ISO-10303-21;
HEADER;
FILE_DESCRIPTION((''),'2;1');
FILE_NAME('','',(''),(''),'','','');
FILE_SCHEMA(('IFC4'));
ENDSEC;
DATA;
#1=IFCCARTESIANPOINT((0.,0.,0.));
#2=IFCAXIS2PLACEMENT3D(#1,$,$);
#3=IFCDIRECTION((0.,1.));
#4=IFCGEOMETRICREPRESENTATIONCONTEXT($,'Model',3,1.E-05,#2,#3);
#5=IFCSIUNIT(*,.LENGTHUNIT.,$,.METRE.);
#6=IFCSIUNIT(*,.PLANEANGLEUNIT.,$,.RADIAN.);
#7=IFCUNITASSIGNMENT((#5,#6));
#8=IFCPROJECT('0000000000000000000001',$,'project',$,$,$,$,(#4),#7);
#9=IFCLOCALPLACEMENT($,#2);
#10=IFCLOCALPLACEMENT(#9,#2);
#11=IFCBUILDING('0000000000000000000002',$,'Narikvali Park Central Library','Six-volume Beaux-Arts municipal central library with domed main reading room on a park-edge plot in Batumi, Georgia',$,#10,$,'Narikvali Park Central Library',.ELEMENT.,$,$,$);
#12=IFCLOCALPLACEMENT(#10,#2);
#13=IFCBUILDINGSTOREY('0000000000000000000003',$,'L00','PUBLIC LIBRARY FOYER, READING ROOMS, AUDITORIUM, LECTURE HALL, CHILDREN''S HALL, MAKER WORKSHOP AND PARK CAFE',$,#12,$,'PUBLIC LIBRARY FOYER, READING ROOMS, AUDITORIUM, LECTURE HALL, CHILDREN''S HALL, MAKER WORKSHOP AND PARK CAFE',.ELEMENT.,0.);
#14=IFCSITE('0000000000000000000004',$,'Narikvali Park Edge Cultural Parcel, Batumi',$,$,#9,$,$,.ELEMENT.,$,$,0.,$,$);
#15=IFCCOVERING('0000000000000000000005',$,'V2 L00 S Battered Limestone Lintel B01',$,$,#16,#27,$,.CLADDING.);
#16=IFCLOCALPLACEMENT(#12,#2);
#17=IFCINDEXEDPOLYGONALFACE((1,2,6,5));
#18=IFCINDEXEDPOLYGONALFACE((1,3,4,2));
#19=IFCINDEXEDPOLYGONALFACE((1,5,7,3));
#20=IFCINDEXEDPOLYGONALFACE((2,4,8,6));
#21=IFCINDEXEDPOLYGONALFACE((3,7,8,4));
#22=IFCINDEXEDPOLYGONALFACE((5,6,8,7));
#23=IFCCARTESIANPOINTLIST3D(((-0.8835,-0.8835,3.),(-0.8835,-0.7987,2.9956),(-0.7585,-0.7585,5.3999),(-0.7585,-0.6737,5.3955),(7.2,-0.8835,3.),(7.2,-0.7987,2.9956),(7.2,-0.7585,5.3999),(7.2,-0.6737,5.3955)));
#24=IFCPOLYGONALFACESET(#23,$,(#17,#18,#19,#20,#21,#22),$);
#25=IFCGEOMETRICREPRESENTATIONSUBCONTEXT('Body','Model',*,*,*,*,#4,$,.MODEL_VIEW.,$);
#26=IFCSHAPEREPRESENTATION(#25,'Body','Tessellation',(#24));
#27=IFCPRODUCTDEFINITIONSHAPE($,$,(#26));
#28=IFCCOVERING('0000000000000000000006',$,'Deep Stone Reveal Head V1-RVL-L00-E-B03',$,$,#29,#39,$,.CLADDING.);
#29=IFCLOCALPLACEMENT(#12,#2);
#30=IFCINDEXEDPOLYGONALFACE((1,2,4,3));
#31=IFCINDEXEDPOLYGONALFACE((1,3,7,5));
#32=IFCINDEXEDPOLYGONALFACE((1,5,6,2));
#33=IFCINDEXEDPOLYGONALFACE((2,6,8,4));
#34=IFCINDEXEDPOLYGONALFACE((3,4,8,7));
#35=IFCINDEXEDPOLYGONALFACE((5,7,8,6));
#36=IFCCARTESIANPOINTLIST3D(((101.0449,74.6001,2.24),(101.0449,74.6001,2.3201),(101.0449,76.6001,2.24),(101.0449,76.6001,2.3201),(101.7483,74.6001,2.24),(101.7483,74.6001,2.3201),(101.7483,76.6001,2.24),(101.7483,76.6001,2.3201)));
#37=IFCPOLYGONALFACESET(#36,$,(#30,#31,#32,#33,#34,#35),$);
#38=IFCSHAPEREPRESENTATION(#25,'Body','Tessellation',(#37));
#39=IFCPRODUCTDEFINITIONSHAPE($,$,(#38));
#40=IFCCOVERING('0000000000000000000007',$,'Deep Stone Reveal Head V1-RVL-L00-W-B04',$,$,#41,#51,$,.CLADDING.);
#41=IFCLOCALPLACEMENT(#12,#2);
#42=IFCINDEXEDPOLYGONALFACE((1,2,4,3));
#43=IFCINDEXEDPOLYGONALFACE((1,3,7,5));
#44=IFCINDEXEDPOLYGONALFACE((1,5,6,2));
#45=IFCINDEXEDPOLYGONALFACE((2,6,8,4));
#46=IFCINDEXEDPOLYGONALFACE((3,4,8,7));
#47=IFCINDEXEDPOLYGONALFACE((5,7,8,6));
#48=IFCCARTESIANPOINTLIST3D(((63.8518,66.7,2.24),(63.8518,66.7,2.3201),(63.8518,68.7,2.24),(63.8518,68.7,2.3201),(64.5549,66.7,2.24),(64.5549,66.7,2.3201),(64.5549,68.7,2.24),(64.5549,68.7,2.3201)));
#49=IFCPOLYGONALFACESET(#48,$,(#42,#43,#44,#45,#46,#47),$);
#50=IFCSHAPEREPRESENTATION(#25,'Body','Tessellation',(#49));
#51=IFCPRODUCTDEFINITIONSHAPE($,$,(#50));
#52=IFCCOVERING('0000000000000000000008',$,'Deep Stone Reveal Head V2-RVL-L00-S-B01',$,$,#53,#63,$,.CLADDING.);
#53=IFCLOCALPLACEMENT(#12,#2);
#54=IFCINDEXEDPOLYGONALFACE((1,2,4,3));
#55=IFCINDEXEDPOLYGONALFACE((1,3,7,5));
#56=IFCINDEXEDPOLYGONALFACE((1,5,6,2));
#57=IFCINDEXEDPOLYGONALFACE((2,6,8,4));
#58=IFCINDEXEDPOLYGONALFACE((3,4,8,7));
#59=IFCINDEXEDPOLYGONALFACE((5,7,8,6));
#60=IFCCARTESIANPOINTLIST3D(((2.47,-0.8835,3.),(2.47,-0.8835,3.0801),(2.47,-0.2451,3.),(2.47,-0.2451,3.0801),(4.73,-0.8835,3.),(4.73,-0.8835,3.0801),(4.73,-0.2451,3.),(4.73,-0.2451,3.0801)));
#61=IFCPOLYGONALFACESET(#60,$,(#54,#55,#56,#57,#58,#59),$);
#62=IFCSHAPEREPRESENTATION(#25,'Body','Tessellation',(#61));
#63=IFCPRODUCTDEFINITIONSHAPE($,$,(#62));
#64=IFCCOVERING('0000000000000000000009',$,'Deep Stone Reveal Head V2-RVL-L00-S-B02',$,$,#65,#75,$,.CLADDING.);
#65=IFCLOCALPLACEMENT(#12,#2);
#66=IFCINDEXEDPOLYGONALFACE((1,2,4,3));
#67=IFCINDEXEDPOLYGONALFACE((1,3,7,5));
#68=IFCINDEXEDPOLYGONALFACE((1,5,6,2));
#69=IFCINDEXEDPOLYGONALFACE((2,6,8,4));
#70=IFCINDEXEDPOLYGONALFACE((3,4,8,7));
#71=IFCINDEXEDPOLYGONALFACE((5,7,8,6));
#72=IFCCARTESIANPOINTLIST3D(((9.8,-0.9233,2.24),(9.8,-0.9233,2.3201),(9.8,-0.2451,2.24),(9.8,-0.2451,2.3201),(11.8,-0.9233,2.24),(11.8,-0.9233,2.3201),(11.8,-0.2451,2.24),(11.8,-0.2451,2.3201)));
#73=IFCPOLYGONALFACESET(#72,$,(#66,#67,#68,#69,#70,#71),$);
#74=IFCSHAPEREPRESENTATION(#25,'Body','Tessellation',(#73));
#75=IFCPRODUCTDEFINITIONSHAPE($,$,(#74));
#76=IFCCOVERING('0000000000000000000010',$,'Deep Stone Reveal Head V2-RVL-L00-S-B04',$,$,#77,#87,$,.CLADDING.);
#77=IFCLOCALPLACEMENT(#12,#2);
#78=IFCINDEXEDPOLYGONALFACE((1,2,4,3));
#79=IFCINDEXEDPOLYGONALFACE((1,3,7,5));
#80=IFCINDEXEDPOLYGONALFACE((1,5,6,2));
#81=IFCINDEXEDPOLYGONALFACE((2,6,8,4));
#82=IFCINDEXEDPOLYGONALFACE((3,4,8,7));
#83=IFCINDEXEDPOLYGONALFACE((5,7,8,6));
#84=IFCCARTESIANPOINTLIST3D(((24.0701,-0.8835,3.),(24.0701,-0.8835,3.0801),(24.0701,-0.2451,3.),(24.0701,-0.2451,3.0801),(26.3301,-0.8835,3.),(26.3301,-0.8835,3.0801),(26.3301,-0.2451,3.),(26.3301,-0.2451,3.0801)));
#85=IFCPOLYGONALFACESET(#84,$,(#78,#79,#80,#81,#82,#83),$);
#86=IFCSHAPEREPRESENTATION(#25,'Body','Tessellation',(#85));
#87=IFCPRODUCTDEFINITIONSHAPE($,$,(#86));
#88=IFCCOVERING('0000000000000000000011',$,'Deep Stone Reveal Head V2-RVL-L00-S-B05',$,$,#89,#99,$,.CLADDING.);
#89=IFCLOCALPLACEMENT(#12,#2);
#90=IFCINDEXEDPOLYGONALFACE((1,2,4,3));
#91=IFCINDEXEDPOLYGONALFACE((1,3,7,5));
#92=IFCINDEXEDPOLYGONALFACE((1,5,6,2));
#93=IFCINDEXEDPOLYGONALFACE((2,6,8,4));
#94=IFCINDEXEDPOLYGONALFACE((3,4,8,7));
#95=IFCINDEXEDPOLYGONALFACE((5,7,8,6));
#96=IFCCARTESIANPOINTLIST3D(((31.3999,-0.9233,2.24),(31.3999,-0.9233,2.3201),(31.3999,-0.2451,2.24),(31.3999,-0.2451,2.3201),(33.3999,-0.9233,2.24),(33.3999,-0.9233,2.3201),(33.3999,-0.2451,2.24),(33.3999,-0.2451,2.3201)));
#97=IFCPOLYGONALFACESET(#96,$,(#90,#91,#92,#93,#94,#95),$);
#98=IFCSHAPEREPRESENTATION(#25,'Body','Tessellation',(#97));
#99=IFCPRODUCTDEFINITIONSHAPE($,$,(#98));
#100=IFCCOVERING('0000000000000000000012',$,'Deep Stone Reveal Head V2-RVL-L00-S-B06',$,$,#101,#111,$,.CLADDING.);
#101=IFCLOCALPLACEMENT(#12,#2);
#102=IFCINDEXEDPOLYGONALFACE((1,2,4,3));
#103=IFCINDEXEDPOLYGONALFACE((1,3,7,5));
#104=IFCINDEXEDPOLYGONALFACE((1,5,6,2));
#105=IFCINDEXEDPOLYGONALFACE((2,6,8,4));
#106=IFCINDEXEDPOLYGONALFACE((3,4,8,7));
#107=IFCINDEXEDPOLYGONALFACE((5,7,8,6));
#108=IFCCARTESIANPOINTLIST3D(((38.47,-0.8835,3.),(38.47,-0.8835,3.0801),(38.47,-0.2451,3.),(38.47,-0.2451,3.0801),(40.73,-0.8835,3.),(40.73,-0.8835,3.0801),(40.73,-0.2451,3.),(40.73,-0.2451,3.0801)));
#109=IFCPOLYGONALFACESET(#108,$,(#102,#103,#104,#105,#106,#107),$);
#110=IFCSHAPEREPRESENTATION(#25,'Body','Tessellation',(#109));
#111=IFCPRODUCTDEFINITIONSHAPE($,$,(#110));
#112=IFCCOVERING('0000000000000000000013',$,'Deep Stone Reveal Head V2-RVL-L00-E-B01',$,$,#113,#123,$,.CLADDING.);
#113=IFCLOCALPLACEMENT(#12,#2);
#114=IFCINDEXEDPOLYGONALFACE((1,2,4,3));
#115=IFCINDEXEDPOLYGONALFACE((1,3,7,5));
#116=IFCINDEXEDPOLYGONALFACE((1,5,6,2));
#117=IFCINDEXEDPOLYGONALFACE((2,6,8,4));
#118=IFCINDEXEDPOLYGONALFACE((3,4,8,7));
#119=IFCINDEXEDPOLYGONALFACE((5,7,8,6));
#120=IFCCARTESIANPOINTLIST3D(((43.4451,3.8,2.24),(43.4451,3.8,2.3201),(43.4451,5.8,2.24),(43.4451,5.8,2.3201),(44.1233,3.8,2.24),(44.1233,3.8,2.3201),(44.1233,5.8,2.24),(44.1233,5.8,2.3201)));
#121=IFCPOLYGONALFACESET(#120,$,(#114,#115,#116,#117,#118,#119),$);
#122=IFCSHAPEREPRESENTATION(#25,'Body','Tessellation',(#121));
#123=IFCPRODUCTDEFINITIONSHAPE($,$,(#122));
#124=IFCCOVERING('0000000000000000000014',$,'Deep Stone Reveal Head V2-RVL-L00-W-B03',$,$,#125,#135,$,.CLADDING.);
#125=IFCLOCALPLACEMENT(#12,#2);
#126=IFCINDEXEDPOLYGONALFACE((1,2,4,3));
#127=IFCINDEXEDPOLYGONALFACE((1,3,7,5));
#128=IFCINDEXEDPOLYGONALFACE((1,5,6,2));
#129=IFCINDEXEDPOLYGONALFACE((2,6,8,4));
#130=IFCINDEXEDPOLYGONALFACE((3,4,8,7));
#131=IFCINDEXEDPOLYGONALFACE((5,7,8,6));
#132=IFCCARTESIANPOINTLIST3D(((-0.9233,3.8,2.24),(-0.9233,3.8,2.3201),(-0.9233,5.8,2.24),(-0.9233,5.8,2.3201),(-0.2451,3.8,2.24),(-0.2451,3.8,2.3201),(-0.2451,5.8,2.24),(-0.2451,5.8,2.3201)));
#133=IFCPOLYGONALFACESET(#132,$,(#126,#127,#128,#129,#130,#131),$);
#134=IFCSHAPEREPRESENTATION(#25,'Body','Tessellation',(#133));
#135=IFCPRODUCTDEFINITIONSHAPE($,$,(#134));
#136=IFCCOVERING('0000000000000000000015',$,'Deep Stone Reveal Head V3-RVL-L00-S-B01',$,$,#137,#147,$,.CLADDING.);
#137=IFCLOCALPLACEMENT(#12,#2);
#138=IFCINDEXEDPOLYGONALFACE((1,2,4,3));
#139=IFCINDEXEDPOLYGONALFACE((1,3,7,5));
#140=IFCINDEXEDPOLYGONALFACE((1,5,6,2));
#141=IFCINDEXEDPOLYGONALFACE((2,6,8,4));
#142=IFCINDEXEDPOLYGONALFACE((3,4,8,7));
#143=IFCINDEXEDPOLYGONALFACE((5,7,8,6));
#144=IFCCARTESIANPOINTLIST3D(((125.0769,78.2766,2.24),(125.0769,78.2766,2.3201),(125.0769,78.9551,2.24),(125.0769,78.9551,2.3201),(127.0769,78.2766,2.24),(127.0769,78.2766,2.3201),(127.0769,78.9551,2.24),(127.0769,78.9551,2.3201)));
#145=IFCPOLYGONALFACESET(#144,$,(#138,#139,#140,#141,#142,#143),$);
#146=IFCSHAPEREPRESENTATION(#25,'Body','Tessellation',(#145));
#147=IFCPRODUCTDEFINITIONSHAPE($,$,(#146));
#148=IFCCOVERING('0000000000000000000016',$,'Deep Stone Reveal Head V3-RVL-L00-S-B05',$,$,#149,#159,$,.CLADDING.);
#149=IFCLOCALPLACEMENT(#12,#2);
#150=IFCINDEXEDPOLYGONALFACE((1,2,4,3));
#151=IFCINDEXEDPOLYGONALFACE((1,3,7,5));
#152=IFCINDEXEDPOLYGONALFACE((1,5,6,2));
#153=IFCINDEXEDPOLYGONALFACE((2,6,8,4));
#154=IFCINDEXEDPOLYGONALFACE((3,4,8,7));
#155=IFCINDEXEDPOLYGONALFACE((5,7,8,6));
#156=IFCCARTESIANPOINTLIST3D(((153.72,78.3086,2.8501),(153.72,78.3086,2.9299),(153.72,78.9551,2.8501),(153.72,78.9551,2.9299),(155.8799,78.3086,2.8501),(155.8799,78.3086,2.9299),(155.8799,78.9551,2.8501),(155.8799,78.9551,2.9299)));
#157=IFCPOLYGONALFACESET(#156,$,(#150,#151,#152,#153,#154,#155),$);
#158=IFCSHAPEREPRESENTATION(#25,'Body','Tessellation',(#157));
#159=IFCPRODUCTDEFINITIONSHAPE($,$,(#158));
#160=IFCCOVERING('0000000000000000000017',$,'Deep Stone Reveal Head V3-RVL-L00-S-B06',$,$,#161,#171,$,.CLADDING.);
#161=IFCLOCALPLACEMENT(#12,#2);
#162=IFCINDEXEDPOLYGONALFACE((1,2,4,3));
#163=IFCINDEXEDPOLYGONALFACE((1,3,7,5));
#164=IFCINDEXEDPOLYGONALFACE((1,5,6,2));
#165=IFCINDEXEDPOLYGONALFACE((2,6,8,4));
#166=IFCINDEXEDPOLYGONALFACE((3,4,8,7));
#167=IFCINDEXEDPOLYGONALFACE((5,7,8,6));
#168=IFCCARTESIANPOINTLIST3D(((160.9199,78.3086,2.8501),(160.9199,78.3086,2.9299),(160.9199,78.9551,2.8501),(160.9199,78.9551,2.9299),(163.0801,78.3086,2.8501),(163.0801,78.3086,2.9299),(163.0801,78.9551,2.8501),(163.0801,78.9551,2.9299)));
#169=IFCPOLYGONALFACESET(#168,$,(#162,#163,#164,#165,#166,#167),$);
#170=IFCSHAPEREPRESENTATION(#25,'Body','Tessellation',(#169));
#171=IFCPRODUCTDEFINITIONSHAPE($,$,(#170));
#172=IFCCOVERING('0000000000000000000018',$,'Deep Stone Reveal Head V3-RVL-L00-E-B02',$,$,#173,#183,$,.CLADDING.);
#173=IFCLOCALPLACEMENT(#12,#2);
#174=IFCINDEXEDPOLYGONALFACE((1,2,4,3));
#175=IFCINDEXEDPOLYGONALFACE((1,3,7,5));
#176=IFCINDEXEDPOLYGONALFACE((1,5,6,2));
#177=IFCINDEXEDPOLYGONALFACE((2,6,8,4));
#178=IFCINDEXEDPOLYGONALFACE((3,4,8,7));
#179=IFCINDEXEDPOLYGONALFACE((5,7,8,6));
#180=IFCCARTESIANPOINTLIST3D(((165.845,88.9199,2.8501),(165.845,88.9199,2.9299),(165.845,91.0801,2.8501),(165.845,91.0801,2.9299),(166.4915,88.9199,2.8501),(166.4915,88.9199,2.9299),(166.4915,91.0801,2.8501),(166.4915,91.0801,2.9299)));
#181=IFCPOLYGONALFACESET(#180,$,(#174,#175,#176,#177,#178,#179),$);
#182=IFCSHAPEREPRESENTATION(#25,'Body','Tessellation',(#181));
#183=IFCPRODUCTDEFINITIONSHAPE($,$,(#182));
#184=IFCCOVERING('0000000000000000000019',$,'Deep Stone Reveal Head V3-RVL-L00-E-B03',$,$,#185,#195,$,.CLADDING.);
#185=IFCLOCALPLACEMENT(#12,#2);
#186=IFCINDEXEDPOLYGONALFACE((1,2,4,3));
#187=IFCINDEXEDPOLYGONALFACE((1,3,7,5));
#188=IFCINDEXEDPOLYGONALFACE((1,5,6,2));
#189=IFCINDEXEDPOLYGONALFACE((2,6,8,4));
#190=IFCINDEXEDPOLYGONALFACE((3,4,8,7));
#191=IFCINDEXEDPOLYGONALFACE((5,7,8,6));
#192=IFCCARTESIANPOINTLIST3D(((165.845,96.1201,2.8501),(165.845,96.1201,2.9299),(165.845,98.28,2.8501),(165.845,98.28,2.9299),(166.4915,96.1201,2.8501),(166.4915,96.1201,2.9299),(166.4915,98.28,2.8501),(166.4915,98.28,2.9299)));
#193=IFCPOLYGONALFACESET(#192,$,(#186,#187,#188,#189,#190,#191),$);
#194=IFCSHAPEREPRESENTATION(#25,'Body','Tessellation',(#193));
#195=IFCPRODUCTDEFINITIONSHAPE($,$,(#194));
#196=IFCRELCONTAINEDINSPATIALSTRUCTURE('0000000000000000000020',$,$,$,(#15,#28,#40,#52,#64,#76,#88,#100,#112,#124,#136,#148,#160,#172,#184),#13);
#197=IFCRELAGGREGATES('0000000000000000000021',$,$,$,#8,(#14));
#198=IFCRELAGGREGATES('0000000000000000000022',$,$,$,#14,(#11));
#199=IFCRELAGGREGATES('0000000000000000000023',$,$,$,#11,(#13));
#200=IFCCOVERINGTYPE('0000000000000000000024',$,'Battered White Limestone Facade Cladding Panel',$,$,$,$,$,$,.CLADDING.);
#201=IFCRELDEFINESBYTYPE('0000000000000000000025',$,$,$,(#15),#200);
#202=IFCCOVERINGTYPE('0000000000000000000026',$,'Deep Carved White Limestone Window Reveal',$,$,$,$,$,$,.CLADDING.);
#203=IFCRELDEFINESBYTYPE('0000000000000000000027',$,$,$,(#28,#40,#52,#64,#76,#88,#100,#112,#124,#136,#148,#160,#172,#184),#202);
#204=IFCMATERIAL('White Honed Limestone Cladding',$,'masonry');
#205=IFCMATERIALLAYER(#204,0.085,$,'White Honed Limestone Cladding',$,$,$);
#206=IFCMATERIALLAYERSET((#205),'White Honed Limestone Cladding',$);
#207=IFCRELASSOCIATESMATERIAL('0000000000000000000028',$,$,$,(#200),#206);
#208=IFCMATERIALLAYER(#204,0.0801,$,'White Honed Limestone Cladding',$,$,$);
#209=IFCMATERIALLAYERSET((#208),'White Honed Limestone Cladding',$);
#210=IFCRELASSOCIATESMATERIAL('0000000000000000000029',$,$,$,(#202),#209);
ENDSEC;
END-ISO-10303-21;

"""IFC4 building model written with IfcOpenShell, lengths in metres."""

from ifc_helpers import new_model, si_unit, direction, frame, origin, place, context, subcontext, project, spatial, polyline, outline, extrude, material, layer, layer_set, type_object, element, save


model = new_model("IFC4")

# Units and contexts
model_context = context("Model", 3, precision=1e-05, world=origin(), true_north=direction((0.0, 1.0)))
body_context = subcontext(model_context, "Body", "Model", "MODEL_VIEW")
ifc_project = project(units=[si_unit("LENGTHUNIT", "METRE"), si_unit("PLANEANGLEUNIT", "RADIAN")], contexts=[model_context])

# Site, building, storey
site_placement = place(None, origin())
site = spatial("IfcSite", under=ifc_project, at=site_placement, Name="Narikvali Park Edge Cultural Parcel, Batumi", CompositionType="ELEMENT", RefElevation=0.0)
building_placement = place(site_placement, origin())
building = spatial("IfcBuilding", under=site, at=building_placement, Name="Narikvali Park Central Library", Description="Six-volume Beaux-Arts municipal central library with domed main reading room on a park-edge plot in Batumi, Georgia", LongName="Narikvali Park Central Library", CompositionType="ELEMENT")
storey_placement = place(building_placement, origin())
storey = spatial("IfcBuildingStorey", under=building, at=storey_placement, Name="L00", Description="PUBLIC LIBRARY FOYER, READING ROOMS, AUDITORIUM, LECTURE HALL, CHILDREN'S HALL, MAKER WORKSHOP AND PARK CAFE", LongName="PUBLIC LIBRARY FOYER, READING ROOMS, AUDITORIUM, LECTURE HALL, CHILDREN'S HALL, MAKER WORKSHOP AND PARK CAFE", CompositionType="ELEMENT", Elevation=0.0)

# Coverings
ifc_material = material(Name="White Honed Limestone Cladding", Category="masonry")
ifc_layer_1 = layer(ifc_material, 0.085, Name="White Honed Limestone Cladding")
ifc_layer_set_1 = layer_set([ifc_layer_1], Name="White Honed Limestone Cladding")
covering_type_1 = type_object("IfcCoveringType", Name="Battered White Limestone Facade Cladding Panel", PredefinedType="CLADDING", material=ifc_layer_set_1)
covering_1_placement = place(storey_placement, frame((-0.8835, -0.8835, 3.0), z_axis=(0.0, -0.998646, 0.052015), x_axis=(1.0, 0.0, 0.0)))
element("IfcCovering", 1, at=covering_1_placement, inside=storey, type_object=covering_type_1, Name="V2 L00 S Battered Limestone Lintel B01", PredefinedType="CLADDING", context=body_context, shape_type="SweptSolid", body=[
    extrude(outline(polyline([(0.0, 0.0), (8.0835, 0.0), (8.0835, 2.4032), (0.125, 2.4032), (0.0, 0.0)])), origin(), (0.0, 0.0, -1.0), 0.085),
])
ifc_layer_2 = layer(ifc_material, 0.0801, Name="White Honed Limestone Cladding")
ifc_layer_set_2 = layer_set([ifc_layer_2], Name="White Honed Limestone Cladding")
covering_type_2 = type_object("IfcCoveringType", Name="Deep Carved White Limestone Window Reveal", PredefinedType="CLADDING", material=ifc_layer_set_2)
covering_2_placement = place(storey_placement, frame((0.0, 0.0, 2.24)))
element("IfcCovering", 2, at=covering_2_placement, inside=storey, type_object=covering_type_2, Name="Deep Stone Reveal Head V1-RVL-L00-E-B03", PredefinedType="CLADDING", context=body_context, shape_type="SweptSolid", body=[
    extrude(outline(polyline([(101.0449, 74.6001), (101.0449, 76.6001), (101.7483, 76.6001), (101.7483, 74.6001), (101.0449, 74.6001)])), origin(), (0.0, 0.0, 1.0), 0.0801),
])
covering_3_placement = place(storey_placement, frame((0.0, 0.0, 2.24)))
element("IfcCovering", 3, at=covering_3_placement, inside=storey, type_object=covering_type_2, Name="Deep Stone Reveal Head V1-RVL-L00-W-B04", PredefinedType="CLADDING", context=body_context, shape_type="SweptSolid", body=[
    extrude(outline(polyline([(64.5549, 68.7), (64.5549, 66.7), (63.8518, 66.7), (63.8518, 68.7), (64.5549, 68.7)])), origin(), (0.0, 0.0, 1.0), 0.0801),
])
covering_4_placement = place(storey_placement, frame((0.0, 0.0, 3.0)))
element("IfcCovering", 4, at=covering_4_placement, inside=storey, type_object=covering_type_2, Name="Deep Stone Reveal Head V2-RVL-L00-S-B01", PredefinedType="CLADDING", context=body_context, shape_type="SweptSolid", body=[
    extrude(outline(polyline([(2.47, -0.2451), (4.73, -0.2451), (4.73, -0.8835), (2.47, -0.8835), (2.47, -0.2451)])), origin(), (0.0, 0.0, 1.0), 0.0801),
])
covering_5_placement = place(storey_placement, frame((0.0, 0.0, 2.24)))
element("IfcCovering", 5, at=covering_5_placement, inside=storey, type_object=covering_type_2, Name="Deep Stone Reveal Head V2-RVL-L00-S-B02", PredefinedType="CLADDING", context=body_context, shape_type="SweptSolid", body=[
    extrude(outline(polyline([(9.8, -0.2451), (11.8, -0.2451), (11.8, -0.9233), (9.8, -0.9233), (9.8, -0.2451)])), origin(), (0.0, 0.0, 1.0), 0.0801),
])
covering_6_placement = place(storey_placement, frame((0.0, 0.0, 3.0)))
element("IfcCovering", 6, at=covering_6_placement, inside=storey, type_object=covering_type_2, Name="Deep Stone Reveal Head V2-RVL-L00-S-B04", PredefinedType="CLADDING", context=body_context, shape_type="SweptSolid", body=[
    extrude(outline(polyline([(24.0701, -0.2451), (26.3301, -0.2451), (26.3301, -0.8835), (24.0701, -0.8835), (24.0701, -0.2451)])), origin(), (0.0, 0.0, 1.0), 0.0801),
])
covering_7_placement = place(storey_placement, frame((0.0, 0.0, 2.24)))
element("IfcCovering", 7, at=covering_7_placement, inside=storey, type_object=covering_type_2, Name="Deep Stone Reveal Head V2-RVL-L00-S-B05", PredefinedType="CLADDING", context=body_context, shape_type="SweptSolid", body=[
    extrude(outline(polyline([(31.3999, -0.2451), (33.3999, -0.2451), (33.3999, -0.9233), (31.3999, -0.9233), (31.3999, -0.2451)])), origin(), (0.0, 0.0, 1.0), 0.0801),
])
covering_8_placement = place(storey_placement, frame((0.0, 0.0, 3.0)))
element("IfcCovering", 8, at=covering_8_placement, inside=storey, type_object=covering_type_2, Name="Deep Stone Reveal Head V2-RVL-L00-S-B06", PredefinedType="CLADDING", context=body_context, shape_type="SweptSolid", body=[
    extrude(outline(polyline([(38.47, -0.2451), (40.73, -0.2451), (40.73, -0.8835), (38.47, -0.8835), (38.47, -0.2451)])), origin(), (0.0, 0.0, 1.0), 0.0801),
])
covering_9_placement = place(storey_placement, frame((0.0, 0.0, 2.24)))
element("IfcCovering", 9, at=covering_9_placement, inside=storey, type_object=covering_type_2, Name="Deep Stone Reveal Head V2-RVL-L00-E-B01", PredefinedType="CLADDING", context=body_context, shape_type="SweptSolid", body=[
    extrude(outline(polyline([(43.4451, 3.8), (43.4451, 5.8), (44.1233, 5.8), (44.1233, 3.8), (43.4451, 3.8)])), origin(), (0.0, 0.0, 1.0), 0.0801),
])
covering_10_placement = place(storey_placement, frame((0.0, 0.0, 2.24)))
element("IfcCovering", 10, at=covering_10_placement, inside=storey, type_object=covering_type_2, Name="Deep Stone Reveal Head V2-RVL-L00-W-B03", PredefinedType="CLADDING", context=body_context, shape_type="SweptSolid", body=[
    extrude(outline(polyline([(-0.2451, 5.8), (-0.2451, 3.8), (-0.9233, 3.8), (-0.9233, 5.8), (-0.2451, 5.8)])), origin(), (0.0, 0.0, 1.0), 0.0801),
])
covering_11_placement = place(storey_placement, frame((0.0, 0.0, 2.24)))
element("IfcCovering", 11, at=covering_11_placement, inside=storey, type_object=covering_type_2, Name="Deep Stone Reveal Head V3-RVL-L00-S-B01", PredefinedType="CLADDING", context=body_context, shape_type="SweptSolid", body=[
    extrude(outline(polyline([(125.0769, 78.9551), (127.0769, 78.9551), (127.0769, 78.2766), (125.0769, 78.2766), (125.0769, 78.9551)])), origin(), (0.0, 0.0, 1.0), 0.0801),
])
covering_12_placement = place(storey_placement, frame((0.0, 0.0, 2.8501)))
element("IfcCovering", 12, at=covering_12_placement, inside=storey, type_object=covering_type_2, Name="Deep Stone Reveal Head V3-RVL-L00-S-B05", PredefinedType="CLADDING", context=body_context, shape_type="SweptSolid", body=[
    extrude(outline(polyline([(153.72, 78.9551), (155.8799, 78.9551), (155.8799, 78.3086), (153.72, 78.3086), (153.72, 78.9551)])), origin(), (0.0, 0.0, 1.0), 0.0798),
])
covering_13_placement = place(storey_placement, frame((0.0, 0.0, 2.8501)))
element("IfcCovering", 13, at=covering_13_placement, inside=storey, type_object=covering_type_2, Name="Deep Stone Reveal Head V3-RVL-L00-S-B06", PredefinedType="CLADDING", context=body_context, shape_type="SweptSolid", body=[
    extrude(outline(polyline([(160.9199, 78.9551), (163.0801, 78.9551), (163.0801, 78.3086), (160.9199, 78.3086), (160.9199, 78.9551)])), origin(), (0.0, 0.0, 1.0), 0.0798),
])
covering_14_placement = place(storey_placement, frame((0.0, 0.0, 2.8501)))
element("IfcCovering", 14, at=covering_14_placement, inside=storey, type_object=covering_type_2, Name="Deep Stone Reveal Head V3-RVL-L00-E-B02", PredefinedType="CLADDING", context=body_context, shape_type="SweptSolid", body=[
    extrude(outline(polyline([(165.845, 88.9199), (165.845, 91.0801), (166.4915, 91.0801), (166.4915, 88.9199), (165.845, 88.9199)])), origin(), (0.0, 0.0, 1.0), 0.0798),
])
covering_15_placement = place(storey_placement, frame((0.0, 0.0, 2.8501)))
element("IfcCovering", 15, at=covering_15_placement, inside=storey, type_object=covering_type_2, Name="Deep Stone Reveal Head V3-RVL-L00-E-B03", PredefinedType="CLADDING", context=body_context, shape_type="SweptSolid", body=[
    extrude(outline(polyline([(165.845, 96.1201), (165.845, 98.28), (166.4915, 98.28), (166.4915, 96.1201), (165.845, 96.1201)])), origin(), (0.0, 0.0, 1.0), 0.0798),
])

save(model, "model.ifc")
